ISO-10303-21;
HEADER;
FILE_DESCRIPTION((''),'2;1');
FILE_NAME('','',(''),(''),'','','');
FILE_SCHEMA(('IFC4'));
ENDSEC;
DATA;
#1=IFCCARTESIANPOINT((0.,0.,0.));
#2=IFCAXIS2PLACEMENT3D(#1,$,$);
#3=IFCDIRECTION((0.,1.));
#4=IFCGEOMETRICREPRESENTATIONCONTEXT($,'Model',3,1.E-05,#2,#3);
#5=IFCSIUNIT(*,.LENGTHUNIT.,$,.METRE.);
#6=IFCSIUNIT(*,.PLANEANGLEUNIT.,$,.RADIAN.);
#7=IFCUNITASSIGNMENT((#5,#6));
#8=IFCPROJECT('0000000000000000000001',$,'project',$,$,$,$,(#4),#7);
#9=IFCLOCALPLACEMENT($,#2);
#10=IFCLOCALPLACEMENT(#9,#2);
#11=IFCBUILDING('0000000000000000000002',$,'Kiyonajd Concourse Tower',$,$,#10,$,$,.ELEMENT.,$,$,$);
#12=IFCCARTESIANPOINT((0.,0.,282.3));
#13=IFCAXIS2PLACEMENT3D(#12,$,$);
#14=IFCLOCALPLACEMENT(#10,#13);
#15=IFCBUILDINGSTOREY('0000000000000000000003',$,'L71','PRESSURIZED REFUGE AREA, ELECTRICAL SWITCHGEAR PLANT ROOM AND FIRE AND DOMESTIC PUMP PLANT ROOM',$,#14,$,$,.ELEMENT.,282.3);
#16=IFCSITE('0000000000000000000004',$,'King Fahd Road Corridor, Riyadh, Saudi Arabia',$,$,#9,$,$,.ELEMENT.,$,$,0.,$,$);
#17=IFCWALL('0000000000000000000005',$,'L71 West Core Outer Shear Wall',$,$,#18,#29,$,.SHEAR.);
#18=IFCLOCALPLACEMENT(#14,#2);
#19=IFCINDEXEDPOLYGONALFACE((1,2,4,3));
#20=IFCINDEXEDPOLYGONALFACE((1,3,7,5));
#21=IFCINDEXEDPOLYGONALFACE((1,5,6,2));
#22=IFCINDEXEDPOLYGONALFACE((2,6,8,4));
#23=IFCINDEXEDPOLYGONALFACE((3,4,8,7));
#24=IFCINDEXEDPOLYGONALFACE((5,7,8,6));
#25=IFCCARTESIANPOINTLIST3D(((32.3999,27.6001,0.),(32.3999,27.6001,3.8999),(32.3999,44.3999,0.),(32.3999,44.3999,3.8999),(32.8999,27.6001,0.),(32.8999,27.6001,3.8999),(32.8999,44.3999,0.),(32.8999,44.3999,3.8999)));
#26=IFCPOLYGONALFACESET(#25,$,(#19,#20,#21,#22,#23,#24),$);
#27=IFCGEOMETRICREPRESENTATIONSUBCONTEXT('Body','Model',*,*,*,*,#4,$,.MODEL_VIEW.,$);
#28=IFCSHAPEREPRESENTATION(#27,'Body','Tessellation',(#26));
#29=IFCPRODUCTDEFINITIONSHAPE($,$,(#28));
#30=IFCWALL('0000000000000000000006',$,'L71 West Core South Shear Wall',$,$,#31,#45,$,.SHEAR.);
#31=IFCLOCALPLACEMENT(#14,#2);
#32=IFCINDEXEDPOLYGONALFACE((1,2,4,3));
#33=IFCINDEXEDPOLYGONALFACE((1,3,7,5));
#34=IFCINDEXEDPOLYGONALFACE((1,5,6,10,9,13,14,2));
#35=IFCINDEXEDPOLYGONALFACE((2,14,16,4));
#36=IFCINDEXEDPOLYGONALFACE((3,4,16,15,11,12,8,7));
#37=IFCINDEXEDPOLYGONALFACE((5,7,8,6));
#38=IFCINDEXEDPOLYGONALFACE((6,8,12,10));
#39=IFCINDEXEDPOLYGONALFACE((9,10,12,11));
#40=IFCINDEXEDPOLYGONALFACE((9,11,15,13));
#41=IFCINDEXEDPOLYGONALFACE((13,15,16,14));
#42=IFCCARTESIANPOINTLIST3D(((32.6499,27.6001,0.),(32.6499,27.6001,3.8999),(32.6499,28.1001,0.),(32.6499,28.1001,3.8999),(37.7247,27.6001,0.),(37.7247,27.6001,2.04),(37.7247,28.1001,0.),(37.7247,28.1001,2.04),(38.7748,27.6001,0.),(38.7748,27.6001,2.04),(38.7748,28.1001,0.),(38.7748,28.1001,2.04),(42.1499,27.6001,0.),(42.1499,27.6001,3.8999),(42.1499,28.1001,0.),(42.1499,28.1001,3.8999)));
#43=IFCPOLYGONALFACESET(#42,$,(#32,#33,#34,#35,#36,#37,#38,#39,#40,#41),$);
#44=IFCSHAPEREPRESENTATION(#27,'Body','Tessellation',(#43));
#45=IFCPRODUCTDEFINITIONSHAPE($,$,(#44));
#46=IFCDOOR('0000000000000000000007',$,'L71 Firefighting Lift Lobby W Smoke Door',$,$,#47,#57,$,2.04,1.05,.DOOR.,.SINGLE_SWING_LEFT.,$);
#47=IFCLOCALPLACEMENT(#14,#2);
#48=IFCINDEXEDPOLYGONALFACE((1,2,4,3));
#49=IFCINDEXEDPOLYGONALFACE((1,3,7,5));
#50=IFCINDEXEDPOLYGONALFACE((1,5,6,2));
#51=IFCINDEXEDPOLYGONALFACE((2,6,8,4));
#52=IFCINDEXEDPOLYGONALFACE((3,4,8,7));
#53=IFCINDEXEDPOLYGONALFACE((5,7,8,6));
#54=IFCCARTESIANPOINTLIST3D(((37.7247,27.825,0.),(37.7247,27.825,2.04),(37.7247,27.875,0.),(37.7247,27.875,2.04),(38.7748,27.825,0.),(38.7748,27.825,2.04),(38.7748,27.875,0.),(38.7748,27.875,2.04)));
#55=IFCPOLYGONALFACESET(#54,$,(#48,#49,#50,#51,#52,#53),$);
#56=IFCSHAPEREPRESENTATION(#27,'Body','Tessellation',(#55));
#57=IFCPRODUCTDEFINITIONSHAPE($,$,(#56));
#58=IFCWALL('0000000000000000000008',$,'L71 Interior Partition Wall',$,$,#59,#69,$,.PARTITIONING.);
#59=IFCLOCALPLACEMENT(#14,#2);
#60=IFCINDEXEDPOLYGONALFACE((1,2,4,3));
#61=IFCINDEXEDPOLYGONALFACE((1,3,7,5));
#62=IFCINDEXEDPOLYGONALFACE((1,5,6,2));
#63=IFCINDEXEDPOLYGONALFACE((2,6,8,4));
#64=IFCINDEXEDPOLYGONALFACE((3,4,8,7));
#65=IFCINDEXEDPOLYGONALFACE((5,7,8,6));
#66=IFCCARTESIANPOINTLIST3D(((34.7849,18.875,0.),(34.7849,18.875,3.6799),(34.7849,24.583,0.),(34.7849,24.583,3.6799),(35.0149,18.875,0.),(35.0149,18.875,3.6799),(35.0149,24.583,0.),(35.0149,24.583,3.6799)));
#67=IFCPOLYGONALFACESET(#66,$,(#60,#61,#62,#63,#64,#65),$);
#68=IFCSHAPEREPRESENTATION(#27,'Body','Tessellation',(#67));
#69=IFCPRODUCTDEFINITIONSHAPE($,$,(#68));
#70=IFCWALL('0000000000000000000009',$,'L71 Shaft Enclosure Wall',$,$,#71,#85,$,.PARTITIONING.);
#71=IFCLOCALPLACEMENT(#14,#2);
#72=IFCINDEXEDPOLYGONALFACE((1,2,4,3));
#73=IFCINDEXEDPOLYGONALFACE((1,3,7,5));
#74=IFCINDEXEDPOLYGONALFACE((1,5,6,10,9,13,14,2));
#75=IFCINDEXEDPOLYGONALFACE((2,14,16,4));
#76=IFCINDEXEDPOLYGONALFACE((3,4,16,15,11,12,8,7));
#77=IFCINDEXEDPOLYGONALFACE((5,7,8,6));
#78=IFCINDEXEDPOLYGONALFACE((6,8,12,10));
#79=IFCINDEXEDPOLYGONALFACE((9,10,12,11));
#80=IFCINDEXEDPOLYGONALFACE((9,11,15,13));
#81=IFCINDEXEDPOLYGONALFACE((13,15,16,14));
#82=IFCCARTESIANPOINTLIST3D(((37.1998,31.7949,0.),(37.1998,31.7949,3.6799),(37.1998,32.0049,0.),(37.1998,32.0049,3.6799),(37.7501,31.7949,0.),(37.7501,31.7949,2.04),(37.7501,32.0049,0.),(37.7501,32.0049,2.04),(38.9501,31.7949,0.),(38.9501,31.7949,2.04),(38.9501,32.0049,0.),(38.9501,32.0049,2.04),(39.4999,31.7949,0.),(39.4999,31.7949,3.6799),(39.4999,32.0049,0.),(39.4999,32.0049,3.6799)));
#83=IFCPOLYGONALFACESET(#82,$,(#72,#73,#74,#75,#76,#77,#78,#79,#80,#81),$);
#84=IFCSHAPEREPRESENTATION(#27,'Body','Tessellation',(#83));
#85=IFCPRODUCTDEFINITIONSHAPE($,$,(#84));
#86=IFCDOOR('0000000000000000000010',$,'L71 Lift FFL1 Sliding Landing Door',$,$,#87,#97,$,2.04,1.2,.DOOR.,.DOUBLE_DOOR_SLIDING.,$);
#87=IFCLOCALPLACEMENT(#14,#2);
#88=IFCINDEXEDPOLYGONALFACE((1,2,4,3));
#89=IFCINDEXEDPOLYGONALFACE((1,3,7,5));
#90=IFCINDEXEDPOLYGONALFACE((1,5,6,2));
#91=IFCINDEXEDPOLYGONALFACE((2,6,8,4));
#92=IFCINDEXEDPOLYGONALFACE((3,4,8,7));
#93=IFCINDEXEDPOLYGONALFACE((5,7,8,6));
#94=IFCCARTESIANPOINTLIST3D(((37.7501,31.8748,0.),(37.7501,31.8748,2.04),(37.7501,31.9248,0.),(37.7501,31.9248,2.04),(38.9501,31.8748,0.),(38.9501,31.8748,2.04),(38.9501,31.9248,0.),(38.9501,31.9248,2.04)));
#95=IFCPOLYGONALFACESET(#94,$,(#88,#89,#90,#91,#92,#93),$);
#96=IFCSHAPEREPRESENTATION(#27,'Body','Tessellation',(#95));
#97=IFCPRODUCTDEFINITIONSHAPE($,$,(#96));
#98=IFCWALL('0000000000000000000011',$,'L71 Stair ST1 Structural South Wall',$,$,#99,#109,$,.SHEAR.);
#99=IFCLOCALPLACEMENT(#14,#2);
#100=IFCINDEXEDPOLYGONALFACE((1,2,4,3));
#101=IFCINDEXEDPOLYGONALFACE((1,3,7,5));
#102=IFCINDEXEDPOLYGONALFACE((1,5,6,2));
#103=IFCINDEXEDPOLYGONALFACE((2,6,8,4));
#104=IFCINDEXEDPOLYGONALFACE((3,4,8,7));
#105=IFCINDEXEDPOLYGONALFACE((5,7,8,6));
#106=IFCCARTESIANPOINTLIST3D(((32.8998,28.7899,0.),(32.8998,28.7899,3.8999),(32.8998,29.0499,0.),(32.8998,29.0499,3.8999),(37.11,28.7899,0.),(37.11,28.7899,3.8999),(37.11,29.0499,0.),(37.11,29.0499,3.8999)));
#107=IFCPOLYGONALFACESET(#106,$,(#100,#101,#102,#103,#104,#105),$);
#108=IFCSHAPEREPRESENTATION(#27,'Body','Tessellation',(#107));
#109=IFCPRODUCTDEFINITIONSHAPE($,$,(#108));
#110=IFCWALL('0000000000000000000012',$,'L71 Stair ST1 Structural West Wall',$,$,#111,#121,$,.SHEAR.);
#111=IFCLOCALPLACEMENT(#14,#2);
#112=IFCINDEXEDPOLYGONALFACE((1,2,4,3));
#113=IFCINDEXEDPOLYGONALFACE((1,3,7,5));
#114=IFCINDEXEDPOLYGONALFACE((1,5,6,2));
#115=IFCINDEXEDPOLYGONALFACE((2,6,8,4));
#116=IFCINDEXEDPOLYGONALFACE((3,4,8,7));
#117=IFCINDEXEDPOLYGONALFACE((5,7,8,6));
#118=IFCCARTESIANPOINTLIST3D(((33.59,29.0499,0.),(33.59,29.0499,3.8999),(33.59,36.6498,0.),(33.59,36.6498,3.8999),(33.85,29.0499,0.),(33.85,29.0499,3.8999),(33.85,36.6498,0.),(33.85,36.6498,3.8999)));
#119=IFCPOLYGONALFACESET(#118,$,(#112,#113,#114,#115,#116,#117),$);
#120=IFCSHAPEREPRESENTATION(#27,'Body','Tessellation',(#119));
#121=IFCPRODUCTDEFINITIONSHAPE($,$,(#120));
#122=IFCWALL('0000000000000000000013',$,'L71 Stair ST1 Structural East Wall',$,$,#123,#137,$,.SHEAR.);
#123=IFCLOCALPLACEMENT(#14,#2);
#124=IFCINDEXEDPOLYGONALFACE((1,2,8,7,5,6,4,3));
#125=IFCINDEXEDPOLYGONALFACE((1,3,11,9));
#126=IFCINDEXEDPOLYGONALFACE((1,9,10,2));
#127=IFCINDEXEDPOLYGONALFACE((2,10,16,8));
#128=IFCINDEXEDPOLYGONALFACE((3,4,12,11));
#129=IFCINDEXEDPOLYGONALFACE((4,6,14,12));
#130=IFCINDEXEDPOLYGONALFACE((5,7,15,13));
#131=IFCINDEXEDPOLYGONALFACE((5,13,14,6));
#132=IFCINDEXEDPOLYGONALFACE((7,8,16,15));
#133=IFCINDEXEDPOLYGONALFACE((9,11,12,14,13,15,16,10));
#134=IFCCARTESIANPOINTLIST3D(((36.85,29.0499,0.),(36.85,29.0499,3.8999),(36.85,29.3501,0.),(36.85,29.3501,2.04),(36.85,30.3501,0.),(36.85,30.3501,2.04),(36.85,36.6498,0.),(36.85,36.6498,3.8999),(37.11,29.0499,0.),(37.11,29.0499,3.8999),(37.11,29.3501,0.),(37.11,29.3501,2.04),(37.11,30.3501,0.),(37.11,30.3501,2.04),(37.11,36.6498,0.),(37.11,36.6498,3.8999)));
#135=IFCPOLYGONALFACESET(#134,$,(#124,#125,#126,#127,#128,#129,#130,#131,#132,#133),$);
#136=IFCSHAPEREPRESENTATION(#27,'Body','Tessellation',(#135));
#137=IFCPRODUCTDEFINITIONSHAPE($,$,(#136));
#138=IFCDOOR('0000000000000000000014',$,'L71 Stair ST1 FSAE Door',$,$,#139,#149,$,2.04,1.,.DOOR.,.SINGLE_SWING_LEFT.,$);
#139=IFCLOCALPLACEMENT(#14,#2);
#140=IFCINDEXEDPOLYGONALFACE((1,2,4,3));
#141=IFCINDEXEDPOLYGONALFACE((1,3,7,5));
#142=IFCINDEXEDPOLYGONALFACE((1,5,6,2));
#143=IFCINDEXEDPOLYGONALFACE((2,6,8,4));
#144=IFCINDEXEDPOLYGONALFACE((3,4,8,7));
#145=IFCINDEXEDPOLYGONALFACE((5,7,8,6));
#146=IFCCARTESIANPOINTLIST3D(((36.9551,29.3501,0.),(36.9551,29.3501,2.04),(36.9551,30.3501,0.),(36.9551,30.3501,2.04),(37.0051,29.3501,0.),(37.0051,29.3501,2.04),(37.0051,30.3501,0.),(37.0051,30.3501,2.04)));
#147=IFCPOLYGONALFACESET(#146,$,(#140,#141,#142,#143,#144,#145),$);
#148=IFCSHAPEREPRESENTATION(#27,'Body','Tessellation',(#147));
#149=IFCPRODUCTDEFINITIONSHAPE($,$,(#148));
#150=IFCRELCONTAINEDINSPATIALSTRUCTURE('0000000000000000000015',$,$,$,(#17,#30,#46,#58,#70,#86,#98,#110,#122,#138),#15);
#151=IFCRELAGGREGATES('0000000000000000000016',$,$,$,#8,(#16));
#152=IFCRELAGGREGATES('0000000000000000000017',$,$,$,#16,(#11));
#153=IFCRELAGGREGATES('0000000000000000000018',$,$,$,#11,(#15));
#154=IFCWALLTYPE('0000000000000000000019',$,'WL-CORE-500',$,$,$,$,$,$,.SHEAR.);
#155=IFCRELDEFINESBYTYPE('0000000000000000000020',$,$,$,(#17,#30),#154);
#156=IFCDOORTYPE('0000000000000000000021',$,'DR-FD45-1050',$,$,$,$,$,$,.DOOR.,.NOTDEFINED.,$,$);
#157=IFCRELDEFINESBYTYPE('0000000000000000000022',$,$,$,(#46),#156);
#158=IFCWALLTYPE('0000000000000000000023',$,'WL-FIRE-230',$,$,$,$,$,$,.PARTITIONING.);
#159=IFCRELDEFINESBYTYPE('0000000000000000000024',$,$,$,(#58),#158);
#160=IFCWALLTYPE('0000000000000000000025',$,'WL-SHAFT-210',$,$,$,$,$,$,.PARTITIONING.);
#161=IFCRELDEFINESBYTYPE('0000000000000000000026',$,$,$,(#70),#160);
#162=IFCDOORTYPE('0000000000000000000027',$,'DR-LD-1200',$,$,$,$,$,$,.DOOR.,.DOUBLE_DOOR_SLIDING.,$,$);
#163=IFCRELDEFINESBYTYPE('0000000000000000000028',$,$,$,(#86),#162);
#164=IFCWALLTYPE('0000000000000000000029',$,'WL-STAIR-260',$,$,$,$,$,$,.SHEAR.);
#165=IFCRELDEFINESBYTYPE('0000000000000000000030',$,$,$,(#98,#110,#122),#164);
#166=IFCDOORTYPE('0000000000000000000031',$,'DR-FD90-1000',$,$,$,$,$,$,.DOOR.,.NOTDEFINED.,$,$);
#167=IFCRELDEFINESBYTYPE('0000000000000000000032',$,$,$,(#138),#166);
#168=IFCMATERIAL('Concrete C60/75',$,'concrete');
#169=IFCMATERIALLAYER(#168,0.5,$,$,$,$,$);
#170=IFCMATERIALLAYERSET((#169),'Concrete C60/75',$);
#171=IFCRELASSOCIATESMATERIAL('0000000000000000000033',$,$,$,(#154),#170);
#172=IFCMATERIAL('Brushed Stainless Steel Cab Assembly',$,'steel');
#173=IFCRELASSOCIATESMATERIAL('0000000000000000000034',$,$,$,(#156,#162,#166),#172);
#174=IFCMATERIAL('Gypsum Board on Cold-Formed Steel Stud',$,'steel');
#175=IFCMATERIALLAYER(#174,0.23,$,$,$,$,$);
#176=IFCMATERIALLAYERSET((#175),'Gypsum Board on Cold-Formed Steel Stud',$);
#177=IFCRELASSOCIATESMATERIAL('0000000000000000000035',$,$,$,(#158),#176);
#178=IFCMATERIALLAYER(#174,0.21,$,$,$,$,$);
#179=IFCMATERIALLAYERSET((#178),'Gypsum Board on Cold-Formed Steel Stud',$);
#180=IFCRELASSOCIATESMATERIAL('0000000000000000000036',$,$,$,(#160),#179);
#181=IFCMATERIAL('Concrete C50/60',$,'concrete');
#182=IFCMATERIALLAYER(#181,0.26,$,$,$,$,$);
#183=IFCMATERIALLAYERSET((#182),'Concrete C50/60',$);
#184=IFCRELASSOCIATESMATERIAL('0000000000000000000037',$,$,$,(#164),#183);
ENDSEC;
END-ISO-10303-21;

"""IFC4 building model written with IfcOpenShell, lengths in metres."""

from ifc_helpers import new_model, si_unit, direction, frame, frame_2d, origin, place, context, subcontext, project, spatial, rectangle, extrude, material, layer, layer_set, type_object, element, fill, save


model = new_model("IFC4")

# Units and contexts
model_context = context("Model", 3, precision=1e-05, world=origin(), true_north=direction((0.0, 1.0)))
body_context = subcontext(model_context, "Body", "Model", "MODEL_VIEW")
ifc_project = project(units=[si_unit("LENGTHUNIT", "METRE"), si_unit("PLANEANGLEUNIT", "RADIAN")], contexts=[model_context])

# Site, building, storey
site_placement = place(None, origin())
site = spatial("IfcSite", under=ifc_project, at=site_placement, Name="King Fahd Road Corridor, Riyadh, Saudi Arabia", CompositionType="ELEMENT", RefElevation=0.0)
building_placement = place(site_placement, origin())
building = spatial("IfcBuilding", under=site, at=building_placement, Name="Kiyonajd Concourse Tower", CompositionType="ELEMENT")
storey_placement = place(building_placement, frame((0.0, 0.0, 282.3)))
storey = spatial("IfcBuildingStorey", under=building, at=storey_placement, Name="L71", Description="PRESSURIZED REFUGE AREA, ELECTRICAL SWITCHGEAR PLANT ROOM AND FIRE AND DOMESTIC PUMP PLANT ROOM", CompositionType="ELEMENT", Elevation=282.3)

# Shared definitions
ifc_material_1 = material(Name="Concrete C60/75", Category="concrete")

# Shared definitions
ifc_material_2 = material(Name="Concrete C50/60", Category="concrete")

# Wall
ifc_layer_1 = layer(ifc_material_1, 0.5)
ifc_layer_set_1 = layer_set([ifc_layer_1], Name="Concrete C60/75")
wall_type_1 = type_object("IfcWallType", Name="WL-CORE-500", PredefinedType="SHEAR", material=ifc_layer_set_1)
wall_1_placement = place(storey_placement, frame((32.6499, 27.6001, 0.0), z_axis=(0.0, 0.0, 1.0), x_axis=(0.0, 1.0, 0.0)))
element("IfcWall", 1, at=wall_1_placement, inside=storey, type_object=wall_type_1, Name="L71 West Core Outer Shear Wall", PredefinedType="SHEAR", context=body_context, shape_type="SweptSolid", body=[
    extrude(rectangle(XDim=16.7998, YDim=0.5, at=frame_2d((8.3999, 0.0))), origin(), (0.0, 0.0, 1.0), 3.8999),
])

# Wall, opening, door
wall_2_placement = place(storey_placement, frame((32.6499, 27.8501, 0.0), z_axis=(0.0, 0.0, 1.0), x_axis=(1.0, 0.0, 0.0)))
wall_2 = element("IfcWall", 2, at=wall_2_placement, inside=storey, type_object=wall_type_1, Name="L71 West Core South Shear Wall", PredefinedType="SHEAR", context=body_context, shape_type="SweptSolid", body=[
    extrude(rectangle(XDim=9.5, YDim=0.5, at=frame_2d((4.75, 0.0))), origin(), (0.0, 0.0, 1.0), 3.8999),
])
opening_1_placement = place(wall_2_placement, frame((5.075, 0.0, 0.0)))
opening_1 = element("IfcOpeningElement", 3, at=opening_1_placement, cuts=wall_2, PredefinedType="OPENING", context=body_context, shape_type="SweptSolid", body=[
    extrude(rectangle(XDim=1.05, YDim=2.04, at=frame_2d((0.5249, 1.02))), frame((0.0, 0.26, 0.0), z_axis=(0.0, -1.0, 0.0), x_axis=(1.0, 0.0, 0.0)), (0.0, 0.0, 1.0), 0.52),
])
ifc_material_3 = material(Name="Brushed Stainless Steel Cab Assembly", Category="steel")
door_type_1 = type_object("IfcDoorType", Name="DR-FD45-1050", OperationType="NOTDEFINED", PredefinedType="DOOR", material=ifc_material_3)
door_1_placement = place(opening_1_placement, origin())
door_1 = element("IfcDoor", 4, at=door_1_placement, inside=storey, type_object=door_type_1, Name="L71 Firefighting Lift Lobby W Smoke Door", OperationType="SINGLE_SWING_LEFT", OverallHeight=2.04, OverallWidth=1.05, PredefinedType="DOOR", context=body_context, shape_type="SweptSolid", body=[
    extrude(rectangle(XDim=1.05, YDim=2.04, at=frame_2d((0.5249, 1.02))), frame((0.0, 0.0249, 0.0), z_axis=(0.0, -1.0, 0.0), x_axis=(1.0, 0.0, 0.0)), (0.0, 0.0, 1.0), 0.05),
])
fill(opening_1, door_1)

# Wall
ifc_material_4 = material(Name="Gypsum Board on Cold-Formed Steel Stud", Category="steel")
ifc_layer_2 = layer(ifc_material_4, 0.23)
ifc_layer_set_2 = layer_set([ifc_layer_2], Name="Gypsum Board on Cold-Formed Steel Stud")
wall_type_2 = type_object("IfcWallType", Name="WL-FIRE-230", PredefinedType="PARTITIONING", material=ifc_layer_set_2)
wall_3_placement = place(storey_placement, frame((34.8999, 18.875, 0.0), z_axis=(0.0, 0.0, 1.0), x_axis=(0.0, 1.0, 0.0)))
element("IfcWall", 5, at=wall_3_placement, inside=storey, type_object=wall_type_2, Name="L71 Interior Partition Wall", PredefinedType="PARTITIONING", context=body_context, shape_type="SweptSolid", body=[
    extrude(rectangle(XDim=5.708, YDim=0.23, at=frame_2d((2.854, 0.0))), origin(), (0.0, 0.0, 1.0), 3.6799),
])

# Wall, opening, door
ifc_layer_3 = layer(ifc_material_4, 0.21)
ifc_layer_set_3 = layer_set([ifc_layer_3], Name="Gypsum Board on Cold-Formed Steel Stud")
wall_type_3 = type_object("IfcWallType", Name="WL-SHAFT-210", PredefinedType="PARTITIONING", material=ifc_layer_set_3)
wall_4_placement = place(storey_placement, frame((37.2, 31.8999, 0.0), z_axis=(0.0, 0.0, 1.0), x_axis=(1.0, 0.0, 0.0)))
wall_4 = element("IfcWall", 6, at=wall_4_placement, inside=storey, type_object=wall_type_3, Name="L71 Shaft Enclosure Wall", PredefinedType="PARTITIONING", context=body_context, shape_type="SweptSolid", body=[
    extrude(rectangle(XDim=2.3, YDim=0.21, at=frame_2d((1.1499, 0.0))), origin(), (0.0, 0.0, 1.0), 3.6799),
])
opening_2_placement = place(wall_4_placement, frame((0.55, 0.0, 0.0)))
opening_2 = element("IfcOpeningElement", 7, at=opening_2_placement, cuts=wall_4, PredefinedType="OPENING", context=body_context, shape_type="SweptSolid", body=[
    extrude(rectangle(XDim=1.2, YDim=2.04, at=frame_2d((0.6001, 1.02))), frame((0.0, 0.115, 0.0), z_axis=(0.0, -1.0, 0.0), x_axis=(1.0, 0.0, 0.0)), (0.0, 0.0, 1.0), 0.23),
])
door_type_2 = type_object("IfcDoorType", Name="DR-LD-1200", OperationType="DOUBLE_DOOR_SLIDING", PredefinedType="DOOR", material=ifc_material_3)
door_2_placement = place(opening_2_placement, origin())
door_2 = element("IfcDoor", 8, at=door_2_placement, inside=storey, type_object=door_type_2, Name="L71 Lift FFL1 Sliding Landing Door", OperationType="DOUBLE_DOOR_SLIDING", OverallHeight=2.04, OverallWidth=1.2, PredefinedType="DOOR", context=body_context, shape_type="SweptSolid", body=[
    extrude(rectangle(XDim=1.2, YDim=2.04, at=frame_2d((0.6001, 1.02))), frame((0.0, 0.0249, 0.0), z_axis=(0.0, -1.0, 0.0), x_axis=(1.0, 0.0, 0.0)), (0.0, 0.0, 1.0), 0.05),
])
fill(opening_2, door_2)

# Walls
ifc_layer_4 = layer(ifc_material_2, 0.26)
ifc_layer_set_4 = layer_set([ifc_layer_4], Name="Concrete C50/60")
wall_type_4 = type_object("IfcWallType", Name="WL-STAIR-260", PredefinedType="SHEAR", material=ifc_layer_set_4)
wall_5_placement = place(storey_placement, frame((32.8999, 28.9199, 0.0), z_axis=(0.0, 0.0, 1.0), x_axis=(1.0, 0.0, 0.0)))
element("IfcWall", 9, at=wall_5_placement, inside=storey, type_object=wall_type_4, Name="L71 Stair ST1 Structural South Wall", PredefinedType="SHEAR", context=body_context, shape_type="SweptSolid", body=[
    extrude(rectangle(XDim=4.2102, YDim=0.26, at=frame_2d((2.105, 0.0))), origin(), (0.0, 0.0, 1.0), 3.8999),
])
wall_6_placement = place(storey_placement, frame((33.72, 29.05, 0.0), z_axis=(0.0, 0.0, 1.0), x_axis=(0.0, 1.0, 0.0)))
element("IfcWall", 10, at=wall_6_placement, inside=storey, type_object=wall_type_4, Name="L71 Stair ST1 Structural West Wall", PredefinedType="SHEAR", context=body_context, shape_type="SweptSolid", body=[
    extrude(rectangle(XDim=7.5999, YDim=0.26, at=frame_2d((3.7998, 0.0))), origin(), (0.0, 0.0, 1.0), 3.8999),
])

# Wall, opening, door
wall_7_placement = place(storey_placement, frame((36.98, 29.05, 0.0), z_axis=(0.0, 0.0, 1.0), x_axis=(0.0, 1.0, 0.0)))
wall_7 = element("IfcWall", 11, at=wall_7_placement, inside=storey, type_object=wall_type_4, Name="L71 Stair ST1 Structural East Wall", PredefinedType="SHEAR", context=body_context, shape_type="SweptSolid", body=[
    extrude(rectangle(XDim=7.5999, YDim=0.26, at=frame_2d((3.7998, 0.0))), origin(), (0.0, 0.0, 1.0), 3.8999),
])
opening_3_placement = place(wall_7_placement, frame((0.3, 0.0, 0.0)))
opening_3 = element("IfcOpeningElement", 12, at=opening_3_placement, cuts=wall_7, PredefinedType="OPENING", context=body_context, shape_type="SweptSolid", body=[
    extrude(rectangle(XDim=1.0, YDim=2.04, at=frame_2d((0.5, 1.02))), frame((0.0, 0.1399, 0.0), z_axis=(0.0, -1.0, 0.0), x_axis=(1.0, 0.0, 0.0)), (0.0, 0.0, 1.0), 0.28),
])
door_type_3 = type_object("IfcDoorType", Name="DR-FD90-1000", OperationType="NOTDEFINED", PredefinedType="DOOR", material=ifc_material_3)
door_3_placement = place(opening_3_placement, origin())
door_3 = element("IfcDoor", 13, at=door_3_placement, inside=storey, type_object=door_type_3, Name="L71 Stair ST1 FSAE Door", OperationType="SINGLE_SWING_LEFT", OverallHeight=2.04, OverallWidth=1.0, PredefinedType="DOOR", context=body_context, shape_type="SweptSolid", body=[
    extrude(rectangle(XDim=1.0, YDim=2.04, at=frame_2d((0.5, 1.02))), frame((0.0, 0.0249, 0.0), z_axis=(0.0, -1.0, 0.0), x_axis=(1.0, 0.0, 0.0)), (0.0, 0.0, 1.0), 0.05),
])
fill(opening_3, door_3)

save(model, "model.ifc")
